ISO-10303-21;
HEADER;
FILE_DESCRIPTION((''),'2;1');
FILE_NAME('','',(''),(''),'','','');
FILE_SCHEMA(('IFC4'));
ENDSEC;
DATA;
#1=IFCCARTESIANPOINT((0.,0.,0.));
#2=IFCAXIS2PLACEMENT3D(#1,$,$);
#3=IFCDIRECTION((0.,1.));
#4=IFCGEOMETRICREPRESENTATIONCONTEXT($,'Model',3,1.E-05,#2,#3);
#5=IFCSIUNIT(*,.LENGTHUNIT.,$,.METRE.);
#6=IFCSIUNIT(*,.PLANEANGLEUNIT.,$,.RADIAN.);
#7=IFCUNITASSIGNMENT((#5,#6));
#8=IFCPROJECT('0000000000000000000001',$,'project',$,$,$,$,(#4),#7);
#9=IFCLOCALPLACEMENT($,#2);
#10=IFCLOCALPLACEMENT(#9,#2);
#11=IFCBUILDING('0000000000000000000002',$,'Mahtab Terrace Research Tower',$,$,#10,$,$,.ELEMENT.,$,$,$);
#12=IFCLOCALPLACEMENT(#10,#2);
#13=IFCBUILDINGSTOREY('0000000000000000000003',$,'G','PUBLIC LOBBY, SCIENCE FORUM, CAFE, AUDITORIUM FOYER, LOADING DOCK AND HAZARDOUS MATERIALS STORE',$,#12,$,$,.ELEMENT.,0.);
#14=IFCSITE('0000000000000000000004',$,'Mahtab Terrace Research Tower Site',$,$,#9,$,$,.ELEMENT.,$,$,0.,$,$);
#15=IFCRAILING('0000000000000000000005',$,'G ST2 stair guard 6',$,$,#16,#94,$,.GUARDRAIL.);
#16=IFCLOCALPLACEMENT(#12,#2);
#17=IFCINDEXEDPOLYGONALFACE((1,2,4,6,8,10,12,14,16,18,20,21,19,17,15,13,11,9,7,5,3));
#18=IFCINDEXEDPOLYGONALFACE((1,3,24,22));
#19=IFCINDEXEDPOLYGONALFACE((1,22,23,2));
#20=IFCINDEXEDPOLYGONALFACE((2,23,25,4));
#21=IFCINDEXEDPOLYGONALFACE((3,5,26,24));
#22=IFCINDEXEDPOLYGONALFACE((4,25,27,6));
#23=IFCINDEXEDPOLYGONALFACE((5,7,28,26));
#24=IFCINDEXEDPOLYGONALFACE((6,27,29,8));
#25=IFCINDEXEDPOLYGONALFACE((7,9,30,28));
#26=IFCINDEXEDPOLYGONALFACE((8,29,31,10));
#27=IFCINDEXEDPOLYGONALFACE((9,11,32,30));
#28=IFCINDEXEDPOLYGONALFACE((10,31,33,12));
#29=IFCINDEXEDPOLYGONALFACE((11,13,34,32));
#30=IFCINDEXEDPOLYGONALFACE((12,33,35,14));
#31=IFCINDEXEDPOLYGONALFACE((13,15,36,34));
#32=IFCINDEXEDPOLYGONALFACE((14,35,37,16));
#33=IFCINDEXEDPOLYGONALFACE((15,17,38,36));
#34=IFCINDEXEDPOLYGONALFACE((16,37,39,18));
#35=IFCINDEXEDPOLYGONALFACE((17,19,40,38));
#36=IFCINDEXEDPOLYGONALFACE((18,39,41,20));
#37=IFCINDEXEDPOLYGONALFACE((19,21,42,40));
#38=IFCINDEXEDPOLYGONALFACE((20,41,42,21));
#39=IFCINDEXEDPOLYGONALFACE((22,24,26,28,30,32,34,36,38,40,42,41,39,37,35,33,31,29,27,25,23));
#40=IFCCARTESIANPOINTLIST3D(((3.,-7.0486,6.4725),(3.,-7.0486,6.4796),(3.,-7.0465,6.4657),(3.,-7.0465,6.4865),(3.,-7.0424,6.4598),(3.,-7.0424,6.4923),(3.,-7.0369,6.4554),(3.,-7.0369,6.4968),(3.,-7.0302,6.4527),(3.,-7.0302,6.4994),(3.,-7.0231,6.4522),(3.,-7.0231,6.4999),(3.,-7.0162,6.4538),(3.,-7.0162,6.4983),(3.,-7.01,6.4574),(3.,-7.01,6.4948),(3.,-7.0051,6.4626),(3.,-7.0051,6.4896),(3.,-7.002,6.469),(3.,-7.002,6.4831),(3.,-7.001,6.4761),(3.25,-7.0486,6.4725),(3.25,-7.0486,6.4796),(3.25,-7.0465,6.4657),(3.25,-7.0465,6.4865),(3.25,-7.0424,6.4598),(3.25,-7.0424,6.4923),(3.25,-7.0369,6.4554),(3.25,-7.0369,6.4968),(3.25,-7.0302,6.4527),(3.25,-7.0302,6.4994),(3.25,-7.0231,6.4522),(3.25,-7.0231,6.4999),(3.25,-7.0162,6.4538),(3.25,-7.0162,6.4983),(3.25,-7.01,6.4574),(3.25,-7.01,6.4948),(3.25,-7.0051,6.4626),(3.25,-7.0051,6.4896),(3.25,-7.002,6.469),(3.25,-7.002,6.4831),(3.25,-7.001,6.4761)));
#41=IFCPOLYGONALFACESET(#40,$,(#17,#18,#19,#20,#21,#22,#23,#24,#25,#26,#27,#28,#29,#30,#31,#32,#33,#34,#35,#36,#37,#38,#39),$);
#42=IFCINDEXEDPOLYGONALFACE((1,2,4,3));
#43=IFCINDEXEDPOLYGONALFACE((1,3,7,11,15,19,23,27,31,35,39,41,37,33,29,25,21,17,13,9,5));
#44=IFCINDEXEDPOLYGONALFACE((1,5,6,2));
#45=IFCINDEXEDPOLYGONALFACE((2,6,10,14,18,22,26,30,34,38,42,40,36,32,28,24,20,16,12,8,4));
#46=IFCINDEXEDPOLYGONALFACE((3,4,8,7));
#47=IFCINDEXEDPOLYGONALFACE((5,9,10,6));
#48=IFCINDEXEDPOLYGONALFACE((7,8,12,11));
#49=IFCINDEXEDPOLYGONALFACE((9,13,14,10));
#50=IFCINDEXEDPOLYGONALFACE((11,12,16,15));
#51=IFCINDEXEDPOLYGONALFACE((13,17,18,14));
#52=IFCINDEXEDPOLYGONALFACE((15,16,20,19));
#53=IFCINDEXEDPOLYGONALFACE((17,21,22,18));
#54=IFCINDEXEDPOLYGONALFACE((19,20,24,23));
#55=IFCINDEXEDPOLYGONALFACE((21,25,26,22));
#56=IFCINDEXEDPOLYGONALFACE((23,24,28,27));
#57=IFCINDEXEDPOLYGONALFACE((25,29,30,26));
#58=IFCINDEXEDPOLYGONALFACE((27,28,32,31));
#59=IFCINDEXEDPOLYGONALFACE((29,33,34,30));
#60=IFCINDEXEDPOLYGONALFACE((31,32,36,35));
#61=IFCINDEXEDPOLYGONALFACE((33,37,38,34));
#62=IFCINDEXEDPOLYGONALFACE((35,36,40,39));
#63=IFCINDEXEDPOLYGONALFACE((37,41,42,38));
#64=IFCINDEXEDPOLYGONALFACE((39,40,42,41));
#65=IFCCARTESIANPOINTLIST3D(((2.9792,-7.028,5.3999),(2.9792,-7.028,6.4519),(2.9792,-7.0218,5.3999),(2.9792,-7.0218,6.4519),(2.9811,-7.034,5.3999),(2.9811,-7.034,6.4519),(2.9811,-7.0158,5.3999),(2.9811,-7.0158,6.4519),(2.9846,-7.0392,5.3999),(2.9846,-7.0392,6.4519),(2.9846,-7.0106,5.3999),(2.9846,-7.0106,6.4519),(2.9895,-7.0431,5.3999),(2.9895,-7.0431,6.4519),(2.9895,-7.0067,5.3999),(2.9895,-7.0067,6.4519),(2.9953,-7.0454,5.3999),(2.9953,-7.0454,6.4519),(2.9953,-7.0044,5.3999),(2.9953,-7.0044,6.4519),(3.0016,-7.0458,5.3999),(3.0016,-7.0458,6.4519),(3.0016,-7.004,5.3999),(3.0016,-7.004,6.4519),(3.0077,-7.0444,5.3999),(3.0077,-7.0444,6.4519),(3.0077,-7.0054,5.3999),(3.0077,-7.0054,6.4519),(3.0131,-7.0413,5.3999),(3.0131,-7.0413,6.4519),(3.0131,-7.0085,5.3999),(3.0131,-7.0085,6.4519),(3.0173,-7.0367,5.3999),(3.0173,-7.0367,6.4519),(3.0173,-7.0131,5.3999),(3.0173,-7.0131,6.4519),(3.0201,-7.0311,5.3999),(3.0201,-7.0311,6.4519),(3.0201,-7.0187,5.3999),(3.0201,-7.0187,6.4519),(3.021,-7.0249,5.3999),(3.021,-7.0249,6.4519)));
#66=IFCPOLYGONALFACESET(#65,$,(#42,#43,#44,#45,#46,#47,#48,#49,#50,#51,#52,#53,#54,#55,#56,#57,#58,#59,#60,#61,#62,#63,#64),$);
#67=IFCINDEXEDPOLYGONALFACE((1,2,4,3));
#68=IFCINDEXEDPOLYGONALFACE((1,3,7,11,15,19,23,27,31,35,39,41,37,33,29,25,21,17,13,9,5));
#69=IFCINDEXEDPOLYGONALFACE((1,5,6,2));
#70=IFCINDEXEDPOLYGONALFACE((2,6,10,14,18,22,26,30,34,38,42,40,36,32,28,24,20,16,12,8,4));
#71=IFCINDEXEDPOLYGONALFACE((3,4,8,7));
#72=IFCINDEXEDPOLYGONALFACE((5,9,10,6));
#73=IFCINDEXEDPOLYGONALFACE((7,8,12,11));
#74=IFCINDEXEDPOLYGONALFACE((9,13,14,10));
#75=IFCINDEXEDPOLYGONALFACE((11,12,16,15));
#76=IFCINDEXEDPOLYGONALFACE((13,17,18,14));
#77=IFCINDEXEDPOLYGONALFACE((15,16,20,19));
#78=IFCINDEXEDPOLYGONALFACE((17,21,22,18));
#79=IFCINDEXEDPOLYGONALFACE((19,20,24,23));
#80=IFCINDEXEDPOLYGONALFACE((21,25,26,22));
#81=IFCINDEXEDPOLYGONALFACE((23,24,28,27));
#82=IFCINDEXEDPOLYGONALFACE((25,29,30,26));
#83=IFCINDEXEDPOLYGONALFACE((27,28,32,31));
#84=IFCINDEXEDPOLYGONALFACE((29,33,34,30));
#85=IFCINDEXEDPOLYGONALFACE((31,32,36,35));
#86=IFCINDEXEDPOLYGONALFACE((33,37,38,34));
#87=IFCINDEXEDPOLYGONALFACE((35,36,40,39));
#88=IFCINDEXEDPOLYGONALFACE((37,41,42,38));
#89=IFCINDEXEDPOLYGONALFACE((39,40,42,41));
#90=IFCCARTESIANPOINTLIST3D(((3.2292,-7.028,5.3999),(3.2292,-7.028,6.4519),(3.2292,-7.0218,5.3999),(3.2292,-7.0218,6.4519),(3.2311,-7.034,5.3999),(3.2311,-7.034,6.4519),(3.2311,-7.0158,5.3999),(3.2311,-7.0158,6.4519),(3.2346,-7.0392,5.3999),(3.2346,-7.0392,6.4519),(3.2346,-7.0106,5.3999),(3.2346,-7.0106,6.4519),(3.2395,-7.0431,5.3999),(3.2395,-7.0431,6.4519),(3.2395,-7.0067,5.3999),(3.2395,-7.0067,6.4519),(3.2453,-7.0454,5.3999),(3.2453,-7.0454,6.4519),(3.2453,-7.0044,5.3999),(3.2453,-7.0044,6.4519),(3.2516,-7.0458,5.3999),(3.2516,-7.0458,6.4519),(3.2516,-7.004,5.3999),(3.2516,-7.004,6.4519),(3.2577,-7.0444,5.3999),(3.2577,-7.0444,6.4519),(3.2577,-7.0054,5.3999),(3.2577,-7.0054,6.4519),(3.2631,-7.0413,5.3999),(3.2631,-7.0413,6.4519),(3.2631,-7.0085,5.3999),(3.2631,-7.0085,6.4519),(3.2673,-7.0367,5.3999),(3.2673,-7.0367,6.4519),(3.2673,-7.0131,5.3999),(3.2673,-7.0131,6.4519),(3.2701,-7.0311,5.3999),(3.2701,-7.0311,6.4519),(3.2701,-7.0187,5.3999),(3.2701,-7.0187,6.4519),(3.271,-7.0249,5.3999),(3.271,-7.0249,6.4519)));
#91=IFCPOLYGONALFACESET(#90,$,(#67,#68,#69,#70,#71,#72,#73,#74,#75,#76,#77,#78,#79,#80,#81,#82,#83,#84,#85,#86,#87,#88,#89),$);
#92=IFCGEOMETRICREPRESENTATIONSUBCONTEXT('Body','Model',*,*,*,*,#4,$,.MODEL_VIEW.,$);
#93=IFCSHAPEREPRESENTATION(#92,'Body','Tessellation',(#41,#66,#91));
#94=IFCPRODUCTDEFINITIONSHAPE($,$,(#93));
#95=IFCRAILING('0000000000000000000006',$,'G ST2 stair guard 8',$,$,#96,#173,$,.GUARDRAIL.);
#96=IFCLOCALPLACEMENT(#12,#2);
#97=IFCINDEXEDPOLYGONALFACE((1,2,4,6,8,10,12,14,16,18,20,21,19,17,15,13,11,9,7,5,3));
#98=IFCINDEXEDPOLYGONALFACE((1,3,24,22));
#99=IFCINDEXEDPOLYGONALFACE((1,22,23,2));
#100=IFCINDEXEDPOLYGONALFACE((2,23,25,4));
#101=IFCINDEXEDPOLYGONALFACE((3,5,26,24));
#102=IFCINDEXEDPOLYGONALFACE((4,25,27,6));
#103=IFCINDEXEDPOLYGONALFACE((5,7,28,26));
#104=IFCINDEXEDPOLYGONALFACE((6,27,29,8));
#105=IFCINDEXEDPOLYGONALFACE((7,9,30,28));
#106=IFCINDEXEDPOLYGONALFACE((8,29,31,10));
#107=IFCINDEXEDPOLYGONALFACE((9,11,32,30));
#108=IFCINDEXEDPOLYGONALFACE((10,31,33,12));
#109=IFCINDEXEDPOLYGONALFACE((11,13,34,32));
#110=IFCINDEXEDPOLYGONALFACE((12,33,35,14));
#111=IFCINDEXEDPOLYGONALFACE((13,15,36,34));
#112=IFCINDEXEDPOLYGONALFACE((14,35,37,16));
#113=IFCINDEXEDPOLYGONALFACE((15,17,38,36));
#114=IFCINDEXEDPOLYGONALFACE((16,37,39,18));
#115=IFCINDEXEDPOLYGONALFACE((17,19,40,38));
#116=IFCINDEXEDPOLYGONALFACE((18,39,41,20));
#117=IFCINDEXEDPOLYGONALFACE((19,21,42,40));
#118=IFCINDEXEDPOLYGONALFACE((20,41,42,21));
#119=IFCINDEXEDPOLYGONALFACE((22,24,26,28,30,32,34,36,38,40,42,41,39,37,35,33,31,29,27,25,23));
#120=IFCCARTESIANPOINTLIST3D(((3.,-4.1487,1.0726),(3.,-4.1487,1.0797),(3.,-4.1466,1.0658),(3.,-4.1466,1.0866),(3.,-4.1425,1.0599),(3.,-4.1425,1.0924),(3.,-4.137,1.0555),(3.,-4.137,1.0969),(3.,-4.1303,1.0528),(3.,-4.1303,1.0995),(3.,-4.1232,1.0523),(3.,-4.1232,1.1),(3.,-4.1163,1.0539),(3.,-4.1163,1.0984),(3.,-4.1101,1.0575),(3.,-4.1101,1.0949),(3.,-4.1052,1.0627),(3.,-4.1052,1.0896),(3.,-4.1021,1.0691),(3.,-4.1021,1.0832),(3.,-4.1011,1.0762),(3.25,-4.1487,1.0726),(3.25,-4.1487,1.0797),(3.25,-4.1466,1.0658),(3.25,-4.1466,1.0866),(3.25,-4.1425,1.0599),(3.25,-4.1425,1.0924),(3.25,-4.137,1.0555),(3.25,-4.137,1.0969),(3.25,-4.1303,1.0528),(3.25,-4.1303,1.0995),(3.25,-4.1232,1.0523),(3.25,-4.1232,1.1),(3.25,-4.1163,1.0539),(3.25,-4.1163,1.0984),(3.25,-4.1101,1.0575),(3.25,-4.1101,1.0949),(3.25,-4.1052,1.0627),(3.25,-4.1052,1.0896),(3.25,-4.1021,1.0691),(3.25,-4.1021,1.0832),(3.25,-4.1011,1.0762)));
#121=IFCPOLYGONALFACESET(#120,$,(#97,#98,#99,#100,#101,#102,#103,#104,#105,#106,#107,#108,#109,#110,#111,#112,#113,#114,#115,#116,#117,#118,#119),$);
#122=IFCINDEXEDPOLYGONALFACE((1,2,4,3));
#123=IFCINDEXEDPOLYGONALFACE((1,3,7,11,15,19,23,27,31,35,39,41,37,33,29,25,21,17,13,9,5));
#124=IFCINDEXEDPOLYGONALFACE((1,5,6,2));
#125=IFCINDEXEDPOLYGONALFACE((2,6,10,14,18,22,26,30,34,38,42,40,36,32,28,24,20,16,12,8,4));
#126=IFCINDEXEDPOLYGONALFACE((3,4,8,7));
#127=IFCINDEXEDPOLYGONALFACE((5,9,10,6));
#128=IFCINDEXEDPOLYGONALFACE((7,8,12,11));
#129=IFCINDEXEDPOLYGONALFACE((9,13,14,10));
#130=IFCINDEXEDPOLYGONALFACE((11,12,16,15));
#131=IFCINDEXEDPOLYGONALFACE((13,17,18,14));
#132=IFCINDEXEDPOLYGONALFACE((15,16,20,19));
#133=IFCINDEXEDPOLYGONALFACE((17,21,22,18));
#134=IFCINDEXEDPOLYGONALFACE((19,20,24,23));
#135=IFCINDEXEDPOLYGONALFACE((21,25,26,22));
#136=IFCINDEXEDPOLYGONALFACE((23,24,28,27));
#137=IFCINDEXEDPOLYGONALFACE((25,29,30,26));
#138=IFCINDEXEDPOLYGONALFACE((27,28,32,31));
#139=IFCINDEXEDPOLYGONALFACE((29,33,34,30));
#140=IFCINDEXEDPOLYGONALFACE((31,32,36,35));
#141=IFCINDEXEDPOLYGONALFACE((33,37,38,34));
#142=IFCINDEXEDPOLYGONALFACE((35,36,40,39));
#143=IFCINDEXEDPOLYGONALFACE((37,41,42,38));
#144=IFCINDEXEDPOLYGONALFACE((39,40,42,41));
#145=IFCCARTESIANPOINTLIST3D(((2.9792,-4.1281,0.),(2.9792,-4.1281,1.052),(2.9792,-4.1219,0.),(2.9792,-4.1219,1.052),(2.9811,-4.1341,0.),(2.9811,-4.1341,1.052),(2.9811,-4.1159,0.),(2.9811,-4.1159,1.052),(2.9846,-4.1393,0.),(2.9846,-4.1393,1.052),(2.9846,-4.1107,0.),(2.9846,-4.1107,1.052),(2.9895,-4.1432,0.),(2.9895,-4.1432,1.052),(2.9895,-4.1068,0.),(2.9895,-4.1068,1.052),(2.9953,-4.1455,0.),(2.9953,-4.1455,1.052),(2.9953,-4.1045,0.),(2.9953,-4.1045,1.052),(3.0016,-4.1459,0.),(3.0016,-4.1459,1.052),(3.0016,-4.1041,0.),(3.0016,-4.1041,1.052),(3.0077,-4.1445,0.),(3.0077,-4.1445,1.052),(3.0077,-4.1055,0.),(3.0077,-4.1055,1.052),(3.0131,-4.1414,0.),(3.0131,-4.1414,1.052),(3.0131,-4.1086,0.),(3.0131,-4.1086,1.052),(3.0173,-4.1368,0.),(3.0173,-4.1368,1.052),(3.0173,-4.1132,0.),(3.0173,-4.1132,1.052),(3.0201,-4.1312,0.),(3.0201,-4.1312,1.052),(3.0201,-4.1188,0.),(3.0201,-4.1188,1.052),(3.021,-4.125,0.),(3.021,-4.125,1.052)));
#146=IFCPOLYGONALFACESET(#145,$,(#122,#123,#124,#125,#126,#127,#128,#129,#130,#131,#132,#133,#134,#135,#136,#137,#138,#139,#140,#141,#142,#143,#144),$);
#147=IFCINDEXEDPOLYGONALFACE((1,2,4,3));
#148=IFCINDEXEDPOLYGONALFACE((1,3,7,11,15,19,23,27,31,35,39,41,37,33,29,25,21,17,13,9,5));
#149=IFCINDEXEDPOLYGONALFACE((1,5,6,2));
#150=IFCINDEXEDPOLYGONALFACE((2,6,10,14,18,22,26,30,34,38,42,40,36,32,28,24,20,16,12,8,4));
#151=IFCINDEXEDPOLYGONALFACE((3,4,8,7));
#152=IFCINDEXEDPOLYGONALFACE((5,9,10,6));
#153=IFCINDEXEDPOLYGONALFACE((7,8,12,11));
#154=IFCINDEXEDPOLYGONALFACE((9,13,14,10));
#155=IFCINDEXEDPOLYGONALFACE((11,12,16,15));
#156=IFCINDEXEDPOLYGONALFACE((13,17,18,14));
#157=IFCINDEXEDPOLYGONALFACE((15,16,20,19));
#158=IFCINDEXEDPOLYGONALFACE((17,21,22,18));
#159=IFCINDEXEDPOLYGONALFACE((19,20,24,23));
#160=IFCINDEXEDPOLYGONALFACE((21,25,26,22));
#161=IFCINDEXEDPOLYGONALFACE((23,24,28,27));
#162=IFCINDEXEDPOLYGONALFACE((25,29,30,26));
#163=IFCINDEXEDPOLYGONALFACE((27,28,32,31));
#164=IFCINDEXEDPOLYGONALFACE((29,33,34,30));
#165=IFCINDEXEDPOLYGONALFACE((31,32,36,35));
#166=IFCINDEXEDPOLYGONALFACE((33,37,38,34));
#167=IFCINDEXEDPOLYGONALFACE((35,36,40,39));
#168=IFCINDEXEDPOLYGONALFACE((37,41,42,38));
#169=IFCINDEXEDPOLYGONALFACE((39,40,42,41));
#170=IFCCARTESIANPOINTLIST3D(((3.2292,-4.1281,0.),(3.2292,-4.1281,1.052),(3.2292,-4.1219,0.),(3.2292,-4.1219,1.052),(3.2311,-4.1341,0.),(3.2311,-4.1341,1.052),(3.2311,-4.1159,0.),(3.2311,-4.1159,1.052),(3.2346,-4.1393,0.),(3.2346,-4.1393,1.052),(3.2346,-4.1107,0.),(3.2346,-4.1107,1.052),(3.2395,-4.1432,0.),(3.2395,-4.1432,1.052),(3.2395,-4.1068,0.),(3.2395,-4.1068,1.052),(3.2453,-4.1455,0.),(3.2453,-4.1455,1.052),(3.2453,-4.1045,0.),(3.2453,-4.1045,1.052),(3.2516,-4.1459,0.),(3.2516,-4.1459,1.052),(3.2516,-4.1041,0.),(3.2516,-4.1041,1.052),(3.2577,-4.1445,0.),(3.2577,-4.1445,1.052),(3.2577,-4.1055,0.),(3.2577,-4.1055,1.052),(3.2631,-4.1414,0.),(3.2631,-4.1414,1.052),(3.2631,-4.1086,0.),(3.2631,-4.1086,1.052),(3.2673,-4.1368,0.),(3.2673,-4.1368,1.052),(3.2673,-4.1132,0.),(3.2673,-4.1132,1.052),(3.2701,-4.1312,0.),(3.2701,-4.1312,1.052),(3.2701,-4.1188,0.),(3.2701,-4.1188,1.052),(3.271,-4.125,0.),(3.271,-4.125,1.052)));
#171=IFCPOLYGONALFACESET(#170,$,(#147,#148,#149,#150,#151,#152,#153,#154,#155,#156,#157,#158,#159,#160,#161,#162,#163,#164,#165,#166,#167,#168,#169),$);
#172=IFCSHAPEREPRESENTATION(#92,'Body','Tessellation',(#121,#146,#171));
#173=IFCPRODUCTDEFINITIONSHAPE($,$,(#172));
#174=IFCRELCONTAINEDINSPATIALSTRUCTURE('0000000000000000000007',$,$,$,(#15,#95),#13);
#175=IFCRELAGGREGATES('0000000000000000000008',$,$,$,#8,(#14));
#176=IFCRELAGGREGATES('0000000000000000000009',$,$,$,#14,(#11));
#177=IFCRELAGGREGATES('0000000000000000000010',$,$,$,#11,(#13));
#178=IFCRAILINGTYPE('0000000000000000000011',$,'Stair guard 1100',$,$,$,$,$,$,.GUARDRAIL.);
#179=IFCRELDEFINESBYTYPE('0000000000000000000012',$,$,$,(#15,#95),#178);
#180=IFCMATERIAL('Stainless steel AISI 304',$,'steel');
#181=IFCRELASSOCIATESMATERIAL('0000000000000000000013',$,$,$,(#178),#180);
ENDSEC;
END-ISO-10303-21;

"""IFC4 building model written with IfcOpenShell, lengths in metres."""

from ifc_helpers import new_model, si_unit, direction, frame, origin, origin_2d, place, context, subcontext, project, spatial, circle, extrude, material, type_object, element, save


model = new_model("IFC4")

# Units and contexts
model_context = context("Model", 3, precision=1e-05, world=origin(), true_north=direction((0.0, 1.0)))
body_context = subcontext(model_context, "Body", "Model", "MODEL_VIEW")
ifc_project = project(units=[si_unit("LENGTHUNIT", "METRE"), si_unit("PLANEANGLEUNIT", "RADIAN")], contexts=[model_context])

# Site, building, storey
site_placement = place(None, origin())
site = spatial("IfcSite", under=ifc_project, at=site_placement, Name="Mahtab Terrace Research Tower Site", CompositionType="ELEMENT", RefElevation=0.0)
building_placement = place(site_placement, origin())
building = spatial("IfcBuilding", under=site, at=building_placement, Name="Mahtab Terrace Research Tower", CompositionType="ELEMENT")
storey_placement = place(building_placement, origin())
storey = spatial("IfcBuildingStorey", under=building, at=storey_placement, Name="G", Description="PUBLIC LOBBY, SCIENCE FORUM, CAFE, AUDITORIUM FOYER, LOADING DOCK AND HAZARDOUS MATERIALS STORE", CompositionType="ELEMENT", Elevation=0.0)

# Railings
ifc_material_1 = material(Name="Stainless steel AISI 304", Category="steel")
railing_type_1 = type_object("IfcRailingType", Name="Stair guard 1100", PredefinedType="GUARDRAIL", material=ifc_material_1)
for number, where, name in (
    (1, (3.0, -7.0249, 5.3999), "G ST2 stair guard 6"),
    (2, (3.0, -4.125, 0.0), "G ST2 stair guard 8"),
):
    element("IfcRailing", number, at=place(storey_placement, frame(where)), inside=storey, type_object=railing_type_1, Name=name, PredefinedType="GUARDRAIL", context=body_context, shape_type="SweptSolid", body=[
        extrude(circle(Radius=0.0239, at=origin_2d()), frame((0.0, 0.0, 1.0762), z_axis=(1.0, 0.0, 0.0), x_axis=(0.0, 1.0, 0.0)), (0.0, 0.0, 1.0), 0.25),
        extrude(circle(Radius=0.021, at=origin_2d()), origin(), (0.0, 0.0, 1.0), 1.052),
        extrude(circle(Radius=0.021, at=origin_2d()), frame((0.25, 0.0, 0.0)), (0.0, 0.0, 1.0), 1.052),
    ])

save(model, "model.ifc")
